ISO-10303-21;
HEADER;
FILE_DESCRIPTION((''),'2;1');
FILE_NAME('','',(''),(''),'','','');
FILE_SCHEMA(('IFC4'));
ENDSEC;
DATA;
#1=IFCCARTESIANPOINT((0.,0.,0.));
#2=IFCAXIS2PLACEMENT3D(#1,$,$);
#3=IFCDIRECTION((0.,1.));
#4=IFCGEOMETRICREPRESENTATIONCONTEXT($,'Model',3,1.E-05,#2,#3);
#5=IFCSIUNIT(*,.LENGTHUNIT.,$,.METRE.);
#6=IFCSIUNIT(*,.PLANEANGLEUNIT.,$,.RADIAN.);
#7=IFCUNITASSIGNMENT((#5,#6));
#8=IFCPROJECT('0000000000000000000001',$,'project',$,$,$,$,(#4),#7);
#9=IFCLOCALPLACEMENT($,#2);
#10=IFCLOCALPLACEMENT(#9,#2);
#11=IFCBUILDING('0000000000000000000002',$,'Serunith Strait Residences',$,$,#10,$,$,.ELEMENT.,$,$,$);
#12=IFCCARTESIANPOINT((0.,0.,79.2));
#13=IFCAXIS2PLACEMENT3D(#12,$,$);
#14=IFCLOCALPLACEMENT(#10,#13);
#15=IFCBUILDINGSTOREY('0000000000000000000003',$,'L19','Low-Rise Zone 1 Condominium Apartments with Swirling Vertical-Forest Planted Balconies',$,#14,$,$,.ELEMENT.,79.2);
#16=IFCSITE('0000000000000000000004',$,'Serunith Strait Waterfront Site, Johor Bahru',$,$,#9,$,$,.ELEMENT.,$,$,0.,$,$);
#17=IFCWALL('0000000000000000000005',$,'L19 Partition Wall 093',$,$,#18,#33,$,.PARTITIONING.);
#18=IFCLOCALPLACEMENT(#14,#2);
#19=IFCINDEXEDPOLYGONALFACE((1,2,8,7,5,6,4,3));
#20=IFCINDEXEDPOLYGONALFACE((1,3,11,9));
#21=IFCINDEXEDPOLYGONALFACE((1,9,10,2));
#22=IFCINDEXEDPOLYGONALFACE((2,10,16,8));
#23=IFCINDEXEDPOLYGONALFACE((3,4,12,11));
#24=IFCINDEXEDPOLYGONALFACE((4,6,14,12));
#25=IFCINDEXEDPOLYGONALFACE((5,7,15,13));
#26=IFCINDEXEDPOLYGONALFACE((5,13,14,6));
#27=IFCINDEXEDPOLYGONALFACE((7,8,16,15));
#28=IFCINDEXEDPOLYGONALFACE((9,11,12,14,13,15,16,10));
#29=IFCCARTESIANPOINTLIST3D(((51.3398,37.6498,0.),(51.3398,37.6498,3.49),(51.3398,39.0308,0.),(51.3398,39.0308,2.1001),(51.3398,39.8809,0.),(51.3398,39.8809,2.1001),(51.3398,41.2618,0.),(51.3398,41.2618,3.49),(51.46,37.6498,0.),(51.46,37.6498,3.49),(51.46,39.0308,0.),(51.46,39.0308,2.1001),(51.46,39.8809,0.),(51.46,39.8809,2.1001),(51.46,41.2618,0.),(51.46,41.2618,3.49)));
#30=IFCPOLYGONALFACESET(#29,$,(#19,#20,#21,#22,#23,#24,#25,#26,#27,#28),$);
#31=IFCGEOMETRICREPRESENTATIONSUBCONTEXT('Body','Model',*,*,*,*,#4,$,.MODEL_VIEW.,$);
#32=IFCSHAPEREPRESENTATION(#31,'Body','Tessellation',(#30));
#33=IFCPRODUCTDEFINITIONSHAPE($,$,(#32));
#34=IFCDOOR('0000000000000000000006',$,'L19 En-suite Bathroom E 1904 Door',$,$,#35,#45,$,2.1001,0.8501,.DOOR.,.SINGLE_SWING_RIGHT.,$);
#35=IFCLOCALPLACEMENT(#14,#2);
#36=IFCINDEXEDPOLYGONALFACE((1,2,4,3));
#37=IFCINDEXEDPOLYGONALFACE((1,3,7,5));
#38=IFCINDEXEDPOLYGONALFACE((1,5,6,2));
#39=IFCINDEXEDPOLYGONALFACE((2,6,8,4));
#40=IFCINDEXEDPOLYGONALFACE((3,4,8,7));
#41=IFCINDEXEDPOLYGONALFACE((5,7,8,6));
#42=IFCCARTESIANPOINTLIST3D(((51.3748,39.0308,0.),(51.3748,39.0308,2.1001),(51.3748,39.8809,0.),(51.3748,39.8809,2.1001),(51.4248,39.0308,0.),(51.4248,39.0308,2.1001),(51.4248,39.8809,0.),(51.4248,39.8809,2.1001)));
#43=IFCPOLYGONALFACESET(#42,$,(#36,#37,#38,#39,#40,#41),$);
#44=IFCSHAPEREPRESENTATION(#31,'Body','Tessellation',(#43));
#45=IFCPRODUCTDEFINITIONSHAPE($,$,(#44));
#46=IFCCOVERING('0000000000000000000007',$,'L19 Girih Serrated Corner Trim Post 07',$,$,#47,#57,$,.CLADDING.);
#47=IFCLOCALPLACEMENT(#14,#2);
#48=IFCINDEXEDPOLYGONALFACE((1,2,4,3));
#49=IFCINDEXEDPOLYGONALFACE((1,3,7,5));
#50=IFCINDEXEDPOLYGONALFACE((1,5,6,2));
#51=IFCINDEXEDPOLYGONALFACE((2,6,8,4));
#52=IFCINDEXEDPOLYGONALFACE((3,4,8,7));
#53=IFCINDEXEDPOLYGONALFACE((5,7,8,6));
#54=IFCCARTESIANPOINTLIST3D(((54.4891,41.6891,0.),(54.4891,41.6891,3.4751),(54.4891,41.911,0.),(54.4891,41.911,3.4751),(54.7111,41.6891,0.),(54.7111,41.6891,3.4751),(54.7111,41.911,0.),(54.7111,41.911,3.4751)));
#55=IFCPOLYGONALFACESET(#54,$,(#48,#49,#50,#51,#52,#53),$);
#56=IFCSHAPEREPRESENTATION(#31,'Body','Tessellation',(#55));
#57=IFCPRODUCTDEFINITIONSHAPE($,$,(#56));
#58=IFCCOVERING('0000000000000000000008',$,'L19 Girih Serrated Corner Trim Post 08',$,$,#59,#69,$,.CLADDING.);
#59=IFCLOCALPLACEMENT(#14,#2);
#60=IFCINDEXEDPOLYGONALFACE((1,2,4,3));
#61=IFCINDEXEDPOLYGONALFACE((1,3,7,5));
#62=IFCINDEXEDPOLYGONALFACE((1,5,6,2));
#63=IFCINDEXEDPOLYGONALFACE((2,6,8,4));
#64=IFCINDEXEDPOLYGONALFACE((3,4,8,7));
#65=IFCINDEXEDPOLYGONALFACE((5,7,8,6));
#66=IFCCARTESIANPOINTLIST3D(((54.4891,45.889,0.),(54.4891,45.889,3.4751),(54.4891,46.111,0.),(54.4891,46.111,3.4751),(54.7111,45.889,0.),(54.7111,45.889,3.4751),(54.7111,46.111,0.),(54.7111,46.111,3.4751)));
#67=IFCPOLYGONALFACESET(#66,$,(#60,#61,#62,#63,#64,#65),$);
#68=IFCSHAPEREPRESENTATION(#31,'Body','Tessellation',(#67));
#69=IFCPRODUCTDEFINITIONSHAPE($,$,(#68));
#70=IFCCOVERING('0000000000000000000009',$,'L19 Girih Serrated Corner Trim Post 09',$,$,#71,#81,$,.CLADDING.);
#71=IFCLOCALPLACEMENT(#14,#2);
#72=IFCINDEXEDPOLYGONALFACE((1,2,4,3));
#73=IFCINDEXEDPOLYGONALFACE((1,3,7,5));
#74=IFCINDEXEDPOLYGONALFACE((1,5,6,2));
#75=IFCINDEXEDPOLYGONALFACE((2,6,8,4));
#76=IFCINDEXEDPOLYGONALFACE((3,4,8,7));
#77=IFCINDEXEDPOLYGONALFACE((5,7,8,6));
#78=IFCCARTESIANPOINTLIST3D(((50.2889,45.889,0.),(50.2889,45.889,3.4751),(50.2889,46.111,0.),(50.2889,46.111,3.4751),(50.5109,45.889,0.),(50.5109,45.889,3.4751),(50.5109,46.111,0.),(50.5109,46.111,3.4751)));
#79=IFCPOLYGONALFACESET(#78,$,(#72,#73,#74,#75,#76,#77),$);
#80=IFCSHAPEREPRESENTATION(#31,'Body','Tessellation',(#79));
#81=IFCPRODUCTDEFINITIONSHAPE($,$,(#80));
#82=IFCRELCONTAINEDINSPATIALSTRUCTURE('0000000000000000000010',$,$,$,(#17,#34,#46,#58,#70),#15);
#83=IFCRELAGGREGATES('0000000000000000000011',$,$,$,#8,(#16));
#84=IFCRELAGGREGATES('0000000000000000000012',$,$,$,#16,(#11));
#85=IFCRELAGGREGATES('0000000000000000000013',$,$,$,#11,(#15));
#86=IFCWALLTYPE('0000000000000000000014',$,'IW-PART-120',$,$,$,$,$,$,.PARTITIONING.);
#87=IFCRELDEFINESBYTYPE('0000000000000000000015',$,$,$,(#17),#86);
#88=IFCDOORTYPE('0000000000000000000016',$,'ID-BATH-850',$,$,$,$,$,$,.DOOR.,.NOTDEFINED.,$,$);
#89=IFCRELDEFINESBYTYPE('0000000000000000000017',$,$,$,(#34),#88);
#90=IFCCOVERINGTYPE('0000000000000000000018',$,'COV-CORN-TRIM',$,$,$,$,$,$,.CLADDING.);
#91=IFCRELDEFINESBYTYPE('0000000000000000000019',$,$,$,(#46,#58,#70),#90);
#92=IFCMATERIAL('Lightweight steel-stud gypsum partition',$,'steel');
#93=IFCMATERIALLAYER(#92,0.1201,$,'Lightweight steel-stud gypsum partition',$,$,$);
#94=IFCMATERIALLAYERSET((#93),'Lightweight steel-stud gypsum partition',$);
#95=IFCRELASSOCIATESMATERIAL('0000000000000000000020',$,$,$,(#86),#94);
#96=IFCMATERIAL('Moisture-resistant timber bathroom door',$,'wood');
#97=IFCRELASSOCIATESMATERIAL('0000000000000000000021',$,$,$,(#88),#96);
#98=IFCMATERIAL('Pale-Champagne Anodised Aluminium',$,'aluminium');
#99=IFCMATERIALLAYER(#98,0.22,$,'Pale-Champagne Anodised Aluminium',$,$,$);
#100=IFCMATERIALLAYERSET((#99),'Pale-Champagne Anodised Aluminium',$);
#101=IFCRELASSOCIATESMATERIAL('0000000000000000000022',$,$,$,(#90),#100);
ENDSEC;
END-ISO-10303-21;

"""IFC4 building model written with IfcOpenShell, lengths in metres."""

from ifc_helpers import new_model, si_unit, direction, frame, frame_2d, origin, origin_2d, place, context, subcontext, project, spatial, rectangle, extrude, source, transform, mapped, material, layer, layer_set, type_object, element, fill, save


model = new_model("IFC4")

# Units and contexts
model_context = context("Model", 3, precision=1e-05, world=origin(), true_north=direction((0.0, 1.0)))
body_context = subcontext(model_context, "Body", "Model", "MODEL_VIEW")
ifc_project = project(units=[si_unit("LENGTHUNIT", "METRE"), si_unit("PLANEANGLEUNIT", "RADIAN")], contexts=[model_context])

# Site, building, storey
site_placement = place(None, origin())
site = spatial("IfcSite", under=ifc_project, at=site_placement, Name="Serunith Strait Waterfront Site, Johor Bahru", CompositionType="ELEMENT", RefElevation=0.0)
building_placement = place(site_placement, origin())
building = spatial("IfcBuilding", under=site, at=building_placement, Name="Serunith Strait Residences", CompositionType="ELEMENT")
storey_placement = place(building_placement, frame((0.0, 0.0, 79.2)))
storey = spatial("IfcBuildingStorey", under=building, at=storey_placement, Name="L19", Description="Low-Rise Zone 1 Condominium Apartments with Swirling Vertical-Forest Planted Balconies", CompositionType="ELEMENT", Elevation=79.2)

# Shared definitions
ifc_material_1 = material(Name="Pale-Champagne Anodised Aluminium", Category="aluminium")

# Shared definitions
ifc_material_2 = material(Name="Lightweight steel-stud gypsum partition", Category="steel")
ifc_layer_1 = layer(ifc_material_2, 0.1201, Name="Lightweight steel-stud gypsum partition")
ifc_layer_set_1 = layer_set([ifc_layer_1], Name="Lightweight steel-stud gypsum partition")
wall_type_1 = type_object("IfcWallType", Name="IW-PART-120", PredefinedType="PARTITIONING", material=ifc_layer_set_1)

# Wall, opening, door
wall_1_placement = place(storey_placement, frame((51.3999, 41.262, 0.0), z_axis=(0.0, 0.0, 1.0), x_axis=(0.0, -1.0, 0.0)))
wall_1 = element("IfcWall", 1, at=wall_1_placement, inside=storey, type_object=wall_type_1, Name="L19 Partition Wall 093", PredefinedType="PARTITIONING", context=body_context, shape_type="SweptSolid", body=[
    extrude(rectangle(XDim=3.6121, YDim=0.1201, at=frame_2d((1.8062, 0.0))), origin(), (0.0, 0.0, 1.0), 3.49),
])
opening_1_placement = place(wall_1_placement, frame((1.3811, 0.0, 0.0)))
opening_1 = element("IfcOpeningElement", 2, at=opening_1_placement, cuts=wall_1, PredefinedType="OPENING", context=body_context, shape_type="SweptSolid", body=[
    extrude(rectangle(XDim=0.8501, YDim=2.1001, at=frame_2d((0.425, 1.05))), frame((0.0, 0.0701, 0.0), z_axis=(0.0, -1.0, 0.0), x_axis=(1.0, 0.0, 0.0)), (0.0, 0.0, 1.0), 0.1401),
])
ifc_material_3 = material(Name="Moisture-resistant timber bathroom door", Category="wood")
door_type = type_object("IfcDoorType", Name="ID-BATH-850", OperationType="NOTDEFINED", PredefinedType="DOOR", material=ifc_material_3)
shared_shape_1 = source(origin(), body_context, "Body", "SweptSolid", [
    extrude(rectangle(XDim=0.8501, YDim=2.1001, at=frame_2d((0.425, 1.05))), frame((0.0, 0.0249, 0.0), z_axis=(0.0, -1.0, 0.0), x_axis=(1.0, 0.0, 0.0)), (0.0, 0.0, 1.0), 0.05),
])
door_placement = place(opening_1_placement, origin())
door = element("IfcDoor", 3, at=door_placement, inside=storey, type_object=door_type, Name="L19 En-suite Bathroom E 1904 Door", OperationType="SINGLE_SWING_RIGHT", OverallHeight=2.1001, OverallWidth=0.8501, PredefinedType="DOOR", context=body_context, shape_type="MappedRepresentation", body=[
    mapped(shared_shape_1, transform((0.0, 0.0, 0.0), scale=1.0)),
])
fill(opening_1, door)

# Coverings
ifc_layer_2 = layer(ifc_material_1, 0.22, Name="Pale-Champagne Anodised Aluminium")
ifc_layer_set_2 = layer_set([ifc_layer_2], Name="Pale-Champagne Anodised Aluminium")
covering_type = type_object("IfcCoveringType", Name="COV-CORN-TRIM", PredefinedType="CLADDING", material=ifc_layer_set_2)
shared_shape_2 = source(origin(), body_context, "Body", "SweptSolid", [
    extrude(rectangle(XDim=0.2219, YDim=0.2219, at=origin_2d()), origin(), (0.0, 0.0, 1.0), 3.4751),
])
for number, where, z_axis, x_axis, name in (
    (4, (54.6001, 41.8, 0.0), (0.0, 0.0, 1.0), (1.0, 0.0, 0.0), "L19 Girih Serrated Corner Trim Post 07"),
    (5, (54.6001, 46.0, 0.0), (0.0, 0.0, 1.0), (1.0, 0.0, 0.0), "L19 Girih Serrated Corner Trim Post 08"),
    (6, (50.3999, 46.0, 0.0), (0.0, 0.0, 1.0), (1.0, 0.0, 0.0), "L19 Girih Serrated Corner Trim Post 09"),
):
    element("IfcCovering", number, at=place(storey_placement, frame(where, z_axis=z_axis, x_axis=x_axis)), inside=storey, type_object=covering_type, Name=name, PredefinedType="CLADDING", context=body_context, shape_type="MappedRepresentation", body=[
        mapped(shared_shape_2, transform((0.0, 0.0, 0.0), scale=1.0)),
    ])

save(model, "model.ifc")
